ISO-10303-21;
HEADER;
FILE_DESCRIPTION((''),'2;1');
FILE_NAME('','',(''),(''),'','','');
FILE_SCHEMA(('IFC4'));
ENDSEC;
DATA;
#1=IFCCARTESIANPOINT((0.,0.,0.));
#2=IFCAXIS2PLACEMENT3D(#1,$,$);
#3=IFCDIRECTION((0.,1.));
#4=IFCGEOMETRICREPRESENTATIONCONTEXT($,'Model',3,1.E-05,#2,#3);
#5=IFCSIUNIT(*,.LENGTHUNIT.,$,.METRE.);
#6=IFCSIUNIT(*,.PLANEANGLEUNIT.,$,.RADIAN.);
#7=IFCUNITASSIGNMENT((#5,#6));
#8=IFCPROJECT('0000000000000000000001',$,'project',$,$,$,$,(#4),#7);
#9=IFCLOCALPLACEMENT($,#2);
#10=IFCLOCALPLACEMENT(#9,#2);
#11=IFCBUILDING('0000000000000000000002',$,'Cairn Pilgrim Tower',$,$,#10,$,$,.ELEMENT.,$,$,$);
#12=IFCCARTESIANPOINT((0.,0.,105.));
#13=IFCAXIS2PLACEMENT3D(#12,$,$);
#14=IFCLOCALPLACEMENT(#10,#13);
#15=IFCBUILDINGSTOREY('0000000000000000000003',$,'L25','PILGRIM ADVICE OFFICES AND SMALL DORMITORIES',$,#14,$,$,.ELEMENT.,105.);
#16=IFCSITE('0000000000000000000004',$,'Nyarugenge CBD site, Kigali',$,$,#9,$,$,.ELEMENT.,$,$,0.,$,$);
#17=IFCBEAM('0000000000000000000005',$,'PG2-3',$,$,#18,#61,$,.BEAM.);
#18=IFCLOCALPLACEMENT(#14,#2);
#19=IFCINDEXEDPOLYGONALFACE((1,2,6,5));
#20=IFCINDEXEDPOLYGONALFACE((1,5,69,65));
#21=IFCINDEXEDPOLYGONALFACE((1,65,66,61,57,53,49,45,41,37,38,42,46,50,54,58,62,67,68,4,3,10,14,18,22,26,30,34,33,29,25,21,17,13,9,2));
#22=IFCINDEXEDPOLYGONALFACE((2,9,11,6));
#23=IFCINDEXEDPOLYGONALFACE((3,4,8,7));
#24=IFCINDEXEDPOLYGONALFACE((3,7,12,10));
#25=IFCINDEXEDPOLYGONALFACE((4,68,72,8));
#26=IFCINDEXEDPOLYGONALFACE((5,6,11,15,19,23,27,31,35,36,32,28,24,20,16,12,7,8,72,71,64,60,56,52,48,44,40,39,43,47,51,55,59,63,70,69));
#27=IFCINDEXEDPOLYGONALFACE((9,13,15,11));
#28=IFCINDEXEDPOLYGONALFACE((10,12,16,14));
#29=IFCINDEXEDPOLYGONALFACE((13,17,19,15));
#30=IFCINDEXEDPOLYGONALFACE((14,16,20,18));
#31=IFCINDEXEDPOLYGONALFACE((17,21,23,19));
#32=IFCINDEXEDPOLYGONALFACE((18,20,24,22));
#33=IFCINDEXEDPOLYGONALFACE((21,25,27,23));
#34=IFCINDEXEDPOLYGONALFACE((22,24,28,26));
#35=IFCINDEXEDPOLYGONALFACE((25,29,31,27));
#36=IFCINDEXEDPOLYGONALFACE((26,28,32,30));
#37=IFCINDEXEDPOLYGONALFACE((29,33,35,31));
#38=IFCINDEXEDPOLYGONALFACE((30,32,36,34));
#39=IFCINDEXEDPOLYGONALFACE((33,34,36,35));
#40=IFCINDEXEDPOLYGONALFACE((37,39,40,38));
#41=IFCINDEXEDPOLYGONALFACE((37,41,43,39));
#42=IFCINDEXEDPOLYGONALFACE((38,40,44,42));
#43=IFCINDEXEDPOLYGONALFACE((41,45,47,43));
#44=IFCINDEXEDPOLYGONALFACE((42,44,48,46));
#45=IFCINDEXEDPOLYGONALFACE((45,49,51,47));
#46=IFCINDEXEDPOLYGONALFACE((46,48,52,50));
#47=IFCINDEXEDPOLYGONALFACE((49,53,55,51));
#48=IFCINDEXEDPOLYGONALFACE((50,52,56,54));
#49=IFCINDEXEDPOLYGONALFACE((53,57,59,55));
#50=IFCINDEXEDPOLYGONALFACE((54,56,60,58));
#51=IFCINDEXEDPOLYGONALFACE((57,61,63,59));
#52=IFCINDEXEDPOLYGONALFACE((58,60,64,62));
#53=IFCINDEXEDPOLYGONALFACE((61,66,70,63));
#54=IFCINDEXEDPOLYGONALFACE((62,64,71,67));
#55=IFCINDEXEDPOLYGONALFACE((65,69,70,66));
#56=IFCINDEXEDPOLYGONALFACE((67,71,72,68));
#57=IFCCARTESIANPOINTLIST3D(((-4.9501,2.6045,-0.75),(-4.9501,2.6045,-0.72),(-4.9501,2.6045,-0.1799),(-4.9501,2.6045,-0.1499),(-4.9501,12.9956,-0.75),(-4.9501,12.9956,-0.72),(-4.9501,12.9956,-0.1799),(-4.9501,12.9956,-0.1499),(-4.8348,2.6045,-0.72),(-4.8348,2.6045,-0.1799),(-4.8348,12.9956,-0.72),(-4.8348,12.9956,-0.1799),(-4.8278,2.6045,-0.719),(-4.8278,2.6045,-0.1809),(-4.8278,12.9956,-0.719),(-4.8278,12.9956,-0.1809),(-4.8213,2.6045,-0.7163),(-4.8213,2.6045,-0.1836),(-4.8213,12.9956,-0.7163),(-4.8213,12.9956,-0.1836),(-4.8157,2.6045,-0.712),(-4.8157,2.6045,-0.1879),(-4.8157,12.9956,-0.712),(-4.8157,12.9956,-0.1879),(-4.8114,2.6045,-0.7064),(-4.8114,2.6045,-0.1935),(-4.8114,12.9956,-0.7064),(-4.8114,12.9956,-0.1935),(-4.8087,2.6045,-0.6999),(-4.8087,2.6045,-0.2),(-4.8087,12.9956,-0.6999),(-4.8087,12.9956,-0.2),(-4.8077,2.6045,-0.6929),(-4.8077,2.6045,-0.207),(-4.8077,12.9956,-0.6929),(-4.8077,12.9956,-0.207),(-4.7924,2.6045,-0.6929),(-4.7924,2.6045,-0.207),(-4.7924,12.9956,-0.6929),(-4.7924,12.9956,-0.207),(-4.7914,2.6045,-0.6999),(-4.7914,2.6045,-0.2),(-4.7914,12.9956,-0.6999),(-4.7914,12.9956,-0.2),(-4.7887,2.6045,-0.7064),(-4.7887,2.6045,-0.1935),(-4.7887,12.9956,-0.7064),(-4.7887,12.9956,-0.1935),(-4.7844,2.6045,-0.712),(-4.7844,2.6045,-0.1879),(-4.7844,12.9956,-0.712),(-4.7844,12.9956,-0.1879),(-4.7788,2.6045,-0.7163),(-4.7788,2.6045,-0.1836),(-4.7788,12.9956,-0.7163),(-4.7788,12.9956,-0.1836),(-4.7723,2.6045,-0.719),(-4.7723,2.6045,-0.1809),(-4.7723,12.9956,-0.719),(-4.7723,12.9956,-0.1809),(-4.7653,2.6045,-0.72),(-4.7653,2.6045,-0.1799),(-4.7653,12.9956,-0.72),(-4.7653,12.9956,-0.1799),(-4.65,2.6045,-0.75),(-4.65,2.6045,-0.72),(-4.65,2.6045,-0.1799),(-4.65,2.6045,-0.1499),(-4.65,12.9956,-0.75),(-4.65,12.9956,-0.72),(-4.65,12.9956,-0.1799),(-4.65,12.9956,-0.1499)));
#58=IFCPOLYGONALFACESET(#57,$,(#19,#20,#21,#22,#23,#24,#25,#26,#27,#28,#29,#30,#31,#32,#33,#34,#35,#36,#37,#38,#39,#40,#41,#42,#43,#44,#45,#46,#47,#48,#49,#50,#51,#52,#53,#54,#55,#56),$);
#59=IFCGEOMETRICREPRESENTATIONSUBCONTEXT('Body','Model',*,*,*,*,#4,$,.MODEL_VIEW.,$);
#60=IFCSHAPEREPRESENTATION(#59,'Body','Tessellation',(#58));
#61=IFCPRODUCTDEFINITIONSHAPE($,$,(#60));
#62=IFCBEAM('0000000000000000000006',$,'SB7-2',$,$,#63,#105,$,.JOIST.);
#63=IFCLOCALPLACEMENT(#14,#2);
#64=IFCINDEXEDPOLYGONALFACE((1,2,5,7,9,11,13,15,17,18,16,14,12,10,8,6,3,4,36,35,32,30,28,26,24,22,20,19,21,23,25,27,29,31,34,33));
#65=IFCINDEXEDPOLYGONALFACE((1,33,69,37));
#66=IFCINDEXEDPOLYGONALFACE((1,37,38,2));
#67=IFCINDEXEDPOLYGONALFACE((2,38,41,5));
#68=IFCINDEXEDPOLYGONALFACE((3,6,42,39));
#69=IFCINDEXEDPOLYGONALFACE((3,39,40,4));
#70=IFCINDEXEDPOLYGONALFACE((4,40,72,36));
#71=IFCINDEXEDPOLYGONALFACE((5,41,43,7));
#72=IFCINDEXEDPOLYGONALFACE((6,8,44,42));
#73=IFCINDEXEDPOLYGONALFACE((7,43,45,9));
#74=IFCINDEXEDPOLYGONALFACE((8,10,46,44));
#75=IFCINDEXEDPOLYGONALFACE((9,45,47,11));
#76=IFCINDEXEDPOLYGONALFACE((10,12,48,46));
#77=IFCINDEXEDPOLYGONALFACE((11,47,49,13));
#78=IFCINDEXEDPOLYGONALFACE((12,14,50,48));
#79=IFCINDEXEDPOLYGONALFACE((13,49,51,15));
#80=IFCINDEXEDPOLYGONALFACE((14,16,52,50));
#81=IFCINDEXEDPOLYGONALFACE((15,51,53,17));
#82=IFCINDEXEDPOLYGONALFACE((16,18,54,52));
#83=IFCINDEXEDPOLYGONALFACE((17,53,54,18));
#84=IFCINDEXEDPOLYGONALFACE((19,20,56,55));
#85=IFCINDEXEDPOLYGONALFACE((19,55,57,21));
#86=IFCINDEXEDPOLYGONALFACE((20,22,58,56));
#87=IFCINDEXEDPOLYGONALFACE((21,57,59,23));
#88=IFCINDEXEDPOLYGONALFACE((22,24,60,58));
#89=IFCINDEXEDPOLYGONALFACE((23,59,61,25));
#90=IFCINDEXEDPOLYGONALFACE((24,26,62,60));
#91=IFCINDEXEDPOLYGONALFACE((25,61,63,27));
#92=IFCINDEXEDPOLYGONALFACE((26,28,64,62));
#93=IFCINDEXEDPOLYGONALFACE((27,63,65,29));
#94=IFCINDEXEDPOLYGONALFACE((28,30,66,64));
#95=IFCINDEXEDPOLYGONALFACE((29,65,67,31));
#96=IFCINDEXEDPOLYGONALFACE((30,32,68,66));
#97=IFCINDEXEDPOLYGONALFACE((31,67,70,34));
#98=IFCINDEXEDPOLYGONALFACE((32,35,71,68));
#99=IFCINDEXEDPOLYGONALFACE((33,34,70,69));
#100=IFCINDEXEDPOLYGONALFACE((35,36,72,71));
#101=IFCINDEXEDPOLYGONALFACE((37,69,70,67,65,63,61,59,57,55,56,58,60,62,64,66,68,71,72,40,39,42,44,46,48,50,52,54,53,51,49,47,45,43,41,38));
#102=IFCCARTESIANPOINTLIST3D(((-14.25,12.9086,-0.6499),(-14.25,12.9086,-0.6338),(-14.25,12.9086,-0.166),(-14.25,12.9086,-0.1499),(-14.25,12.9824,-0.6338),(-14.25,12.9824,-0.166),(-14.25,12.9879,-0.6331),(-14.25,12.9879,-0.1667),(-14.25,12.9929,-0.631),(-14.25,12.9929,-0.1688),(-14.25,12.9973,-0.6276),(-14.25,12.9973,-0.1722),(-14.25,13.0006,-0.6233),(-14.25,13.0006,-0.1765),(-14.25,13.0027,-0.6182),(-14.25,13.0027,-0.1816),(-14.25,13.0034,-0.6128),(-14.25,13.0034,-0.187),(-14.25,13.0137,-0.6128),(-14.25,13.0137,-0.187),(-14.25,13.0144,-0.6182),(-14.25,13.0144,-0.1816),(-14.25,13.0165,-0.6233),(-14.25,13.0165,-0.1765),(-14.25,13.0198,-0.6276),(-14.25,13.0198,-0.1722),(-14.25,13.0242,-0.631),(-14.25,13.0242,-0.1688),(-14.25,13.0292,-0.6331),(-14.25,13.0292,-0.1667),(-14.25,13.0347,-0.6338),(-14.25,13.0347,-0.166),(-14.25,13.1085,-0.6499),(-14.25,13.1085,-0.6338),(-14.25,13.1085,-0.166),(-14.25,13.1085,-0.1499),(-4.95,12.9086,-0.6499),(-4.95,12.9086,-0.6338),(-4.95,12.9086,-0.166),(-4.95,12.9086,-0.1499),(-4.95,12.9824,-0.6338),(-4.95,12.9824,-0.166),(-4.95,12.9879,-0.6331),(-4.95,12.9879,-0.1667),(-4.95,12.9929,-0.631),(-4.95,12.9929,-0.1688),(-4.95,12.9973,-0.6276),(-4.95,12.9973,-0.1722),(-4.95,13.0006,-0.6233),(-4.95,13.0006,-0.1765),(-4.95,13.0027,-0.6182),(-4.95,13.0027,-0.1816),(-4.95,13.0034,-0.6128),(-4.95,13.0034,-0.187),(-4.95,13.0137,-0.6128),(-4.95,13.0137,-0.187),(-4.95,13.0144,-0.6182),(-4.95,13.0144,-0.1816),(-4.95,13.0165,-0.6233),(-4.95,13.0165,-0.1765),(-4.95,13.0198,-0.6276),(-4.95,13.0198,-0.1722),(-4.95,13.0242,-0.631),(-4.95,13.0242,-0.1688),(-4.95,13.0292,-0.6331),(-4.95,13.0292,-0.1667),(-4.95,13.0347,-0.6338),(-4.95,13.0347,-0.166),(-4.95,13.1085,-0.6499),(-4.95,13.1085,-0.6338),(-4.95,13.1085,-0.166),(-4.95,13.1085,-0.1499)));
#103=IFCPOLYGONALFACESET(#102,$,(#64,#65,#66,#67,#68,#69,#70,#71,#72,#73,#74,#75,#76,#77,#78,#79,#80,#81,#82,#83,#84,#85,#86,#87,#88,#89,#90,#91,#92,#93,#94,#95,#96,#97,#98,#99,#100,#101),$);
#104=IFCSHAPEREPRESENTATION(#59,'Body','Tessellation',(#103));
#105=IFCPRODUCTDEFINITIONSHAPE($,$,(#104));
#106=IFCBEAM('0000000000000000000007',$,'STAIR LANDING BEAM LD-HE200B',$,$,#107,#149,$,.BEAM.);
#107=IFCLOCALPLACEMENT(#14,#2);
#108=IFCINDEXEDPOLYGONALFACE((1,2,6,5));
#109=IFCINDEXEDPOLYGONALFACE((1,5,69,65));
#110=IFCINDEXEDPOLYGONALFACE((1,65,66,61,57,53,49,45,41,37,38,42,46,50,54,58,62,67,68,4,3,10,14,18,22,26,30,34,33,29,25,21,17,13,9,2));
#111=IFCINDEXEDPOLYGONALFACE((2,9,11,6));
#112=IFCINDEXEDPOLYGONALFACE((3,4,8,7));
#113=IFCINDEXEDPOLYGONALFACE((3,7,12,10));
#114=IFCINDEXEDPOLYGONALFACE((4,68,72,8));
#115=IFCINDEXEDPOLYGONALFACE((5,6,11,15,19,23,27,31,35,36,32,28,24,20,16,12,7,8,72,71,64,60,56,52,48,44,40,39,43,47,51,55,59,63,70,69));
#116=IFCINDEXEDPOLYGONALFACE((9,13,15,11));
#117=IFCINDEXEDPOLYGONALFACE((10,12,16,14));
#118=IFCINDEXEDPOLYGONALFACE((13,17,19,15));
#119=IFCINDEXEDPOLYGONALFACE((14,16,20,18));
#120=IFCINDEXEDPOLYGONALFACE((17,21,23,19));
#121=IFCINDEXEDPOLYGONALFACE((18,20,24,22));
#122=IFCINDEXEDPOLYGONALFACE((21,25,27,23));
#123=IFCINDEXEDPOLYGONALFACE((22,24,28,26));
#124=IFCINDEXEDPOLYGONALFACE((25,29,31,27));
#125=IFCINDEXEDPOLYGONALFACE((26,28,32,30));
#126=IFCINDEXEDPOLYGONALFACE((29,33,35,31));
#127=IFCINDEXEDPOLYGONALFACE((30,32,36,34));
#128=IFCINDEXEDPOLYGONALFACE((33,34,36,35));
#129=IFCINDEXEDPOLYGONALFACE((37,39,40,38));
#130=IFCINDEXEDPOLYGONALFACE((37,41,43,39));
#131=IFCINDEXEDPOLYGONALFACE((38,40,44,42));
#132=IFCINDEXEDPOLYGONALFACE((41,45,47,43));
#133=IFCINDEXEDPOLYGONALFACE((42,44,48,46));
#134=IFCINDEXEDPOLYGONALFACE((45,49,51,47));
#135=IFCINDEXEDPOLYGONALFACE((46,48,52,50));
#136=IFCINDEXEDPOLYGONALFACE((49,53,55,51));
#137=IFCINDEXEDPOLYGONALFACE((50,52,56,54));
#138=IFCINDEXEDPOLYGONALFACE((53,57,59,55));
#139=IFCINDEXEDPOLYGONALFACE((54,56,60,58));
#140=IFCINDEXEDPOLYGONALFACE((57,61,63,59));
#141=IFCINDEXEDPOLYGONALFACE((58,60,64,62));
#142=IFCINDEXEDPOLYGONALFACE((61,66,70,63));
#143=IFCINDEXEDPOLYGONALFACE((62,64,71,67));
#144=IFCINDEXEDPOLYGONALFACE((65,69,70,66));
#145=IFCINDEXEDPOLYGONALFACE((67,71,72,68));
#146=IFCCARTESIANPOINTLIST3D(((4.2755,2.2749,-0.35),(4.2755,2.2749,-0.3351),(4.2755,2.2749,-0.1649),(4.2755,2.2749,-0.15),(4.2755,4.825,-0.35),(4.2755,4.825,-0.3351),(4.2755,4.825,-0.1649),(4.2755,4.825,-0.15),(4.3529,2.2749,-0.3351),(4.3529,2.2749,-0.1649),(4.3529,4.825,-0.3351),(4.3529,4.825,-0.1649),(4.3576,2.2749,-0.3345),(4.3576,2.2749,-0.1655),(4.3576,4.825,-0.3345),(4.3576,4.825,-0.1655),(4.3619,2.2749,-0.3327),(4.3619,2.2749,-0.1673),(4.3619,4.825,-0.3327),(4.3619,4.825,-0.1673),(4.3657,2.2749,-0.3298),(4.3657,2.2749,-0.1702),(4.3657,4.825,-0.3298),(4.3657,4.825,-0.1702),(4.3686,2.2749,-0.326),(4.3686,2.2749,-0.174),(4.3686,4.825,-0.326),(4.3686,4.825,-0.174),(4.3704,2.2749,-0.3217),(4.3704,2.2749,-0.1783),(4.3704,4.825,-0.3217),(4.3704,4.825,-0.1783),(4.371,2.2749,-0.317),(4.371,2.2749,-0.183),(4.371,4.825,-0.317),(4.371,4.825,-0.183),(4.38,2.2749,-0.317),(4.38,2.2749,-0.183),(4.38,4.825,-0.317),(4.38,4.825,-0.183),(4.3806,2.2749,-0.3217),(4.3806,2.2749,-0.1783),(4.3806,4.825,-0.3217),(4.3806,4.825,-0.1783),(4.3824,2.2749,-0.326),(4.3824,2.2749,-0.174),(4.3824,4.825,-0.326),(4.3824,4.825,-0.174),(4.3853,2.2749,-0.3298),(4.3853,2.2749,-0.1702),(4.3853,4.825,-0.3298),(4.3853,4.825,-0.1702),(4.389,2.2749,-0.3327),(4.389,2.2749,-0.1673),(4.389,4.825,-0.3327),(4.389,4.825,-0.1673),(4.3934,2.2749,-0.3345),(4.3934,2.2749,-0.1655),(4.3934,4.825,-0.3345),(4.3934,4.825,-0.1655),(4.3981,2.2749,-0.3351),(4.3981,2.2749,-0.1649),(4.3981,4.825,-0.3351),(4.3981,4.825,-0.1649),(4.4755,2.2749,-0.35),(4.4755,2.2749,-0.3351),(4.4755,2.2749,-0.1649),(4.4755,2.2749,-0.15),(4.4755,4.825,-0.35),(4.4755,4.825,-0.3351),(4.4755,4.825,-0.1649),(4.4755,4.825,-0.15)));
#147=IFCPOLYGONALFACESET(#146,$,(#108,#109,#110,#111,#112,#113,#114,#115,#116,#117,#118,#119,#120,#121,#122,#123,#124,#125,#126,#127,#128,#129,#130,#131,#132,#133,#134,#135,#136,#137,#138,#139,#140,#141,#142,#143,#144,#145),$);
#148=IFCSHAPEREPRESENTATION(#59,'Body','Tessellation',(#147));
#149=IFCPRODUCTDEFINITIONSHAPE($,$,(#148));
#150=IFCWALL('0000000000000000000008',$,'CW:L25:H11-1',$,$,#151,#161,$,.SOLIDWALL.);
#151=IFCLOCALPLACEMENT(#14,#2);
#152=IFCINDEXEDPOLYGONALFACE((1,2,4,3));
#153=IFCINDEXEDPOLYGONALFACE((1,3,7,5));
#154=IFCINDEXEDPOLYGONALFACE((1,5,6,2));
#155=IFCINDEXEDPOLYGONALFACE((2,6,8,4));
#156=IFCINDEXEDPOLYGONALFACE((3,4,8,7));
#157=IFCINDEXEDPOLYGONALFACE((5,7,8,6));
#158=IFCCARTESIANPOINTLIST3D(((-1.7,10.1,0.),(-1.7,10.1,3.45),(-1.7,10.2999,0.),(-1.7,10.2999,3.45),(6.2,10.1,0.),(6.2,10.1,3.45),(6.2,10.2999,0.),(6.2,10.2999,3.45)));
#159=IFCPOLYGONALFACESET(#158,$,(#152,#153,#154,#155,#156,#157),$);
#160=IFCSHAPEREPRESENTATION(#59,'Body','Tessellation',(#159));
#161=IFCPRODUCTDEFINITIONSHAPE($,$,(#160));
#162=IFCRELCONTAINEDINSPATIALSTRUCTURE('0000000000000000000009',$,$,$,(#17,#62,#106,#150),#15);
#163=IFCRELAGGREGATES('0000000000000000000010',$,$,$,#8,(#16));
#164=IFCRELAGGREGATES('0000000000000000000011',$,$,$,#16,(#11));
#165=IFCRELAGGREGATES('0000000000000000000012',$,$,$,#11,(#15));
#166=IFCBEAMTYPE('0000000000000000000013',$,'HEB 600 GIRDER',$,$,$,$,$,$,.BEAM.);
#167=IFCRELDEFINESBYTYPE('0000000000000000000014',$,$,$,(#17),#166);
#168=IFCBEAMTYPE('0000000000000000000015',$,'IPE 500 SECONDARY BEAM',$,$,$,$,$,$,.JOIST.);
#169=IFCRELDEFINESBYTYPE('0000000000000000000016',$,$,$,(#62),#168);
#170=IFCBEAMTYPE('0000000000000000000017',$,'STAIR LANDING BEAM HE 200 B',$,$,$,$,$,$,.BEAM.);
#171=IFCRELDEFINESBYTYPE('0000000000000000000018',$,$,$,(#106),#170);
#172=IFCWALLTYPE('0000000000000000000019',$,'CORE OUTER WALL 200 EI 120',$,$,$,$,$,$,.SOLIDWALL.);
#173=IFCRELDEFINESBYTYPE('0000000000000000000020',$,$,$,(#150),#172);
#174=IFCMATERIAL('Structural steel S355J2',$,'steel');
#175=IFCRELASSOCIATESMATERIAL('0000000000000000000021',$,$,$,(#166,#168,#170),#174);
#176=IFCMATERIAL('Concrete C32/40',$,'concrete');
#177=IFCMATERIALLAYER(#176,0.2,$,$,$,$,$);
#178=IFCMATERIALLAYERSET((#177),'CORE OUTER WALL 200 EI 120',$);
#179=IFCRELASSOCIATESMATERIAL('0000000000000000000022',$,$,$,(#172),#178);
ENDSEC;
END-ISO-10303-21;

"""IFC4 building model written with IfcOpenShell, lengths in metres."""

from ifc_helpers import new_model, si_unit, direction, frame, frame_2d, origin, origin_2d, place, context, subcontext, project, spatial, rectangle, i_section, extrude, material, layer, layer_set, material_profile, profile_set, type_object, element, save


model = new_model("IFC4")

# Units and contexts
model_context = context("Model", 3, precision=1e-05, world=origin(), true_north=direction((0.0, 1.0)))
body_context = subcontext(model_context, "Body", "Model", "MODEL_VIEW")
ifc_project = project(units=[si_unit("LENGTHUNIT", "METRE"), si_unit("PLANEANGLEUNIT", "RADIAN")], contexts=[model_context])

# Site, building, storey
site_placement = place(None, origin())
site = spatial("IfcSite", under=ifc_project, at=site_placement, Name="Nyarugenge CBD site, Kigali", CompositionType="ELEMENT", RefElevation=0.0)
building_placement = place(site_placement, origin())
building = spatial("IfcBuilding", under=site, at=building_placement, Name="Cairn Pilgrim Tower", CompositionType="ELEMENT")
storey_placement = place(building_placement, frame((0.0, 0.0, 105.0)))
storey = spatial("IfcBuildingStorey", under=building, at=storey_placement, Name="L25", Description="PILGRIM ADVICE OFFICES AND SMALL DORMITORIES", CompositionType="ELEMENT", Elevation=105.0)

# Beams
ifc_material_1 = material(Name="Structural steel S355J2", Category="steel")
ifc_material_profile_1 = material_profile(ifc_material_1, i_section(OverallWidth=0.3, OverallDepth=0.6001, WebThickness=0.0154, FlangeThickness=0.03, FilletRadius=0.0271, at=origin_2d()), Name="HEB 600")
ifc_profile_set_1 = profile_set([ifc_material_profile_1], Name="Structural steel S355J2")
beam_type_1 = type_object("IfcBeamType", Name="HEB 600 GIRDER", PredefinedType="BEAM", material=ifc_profile_set_1)
beam_1_placement = place(storey_placement, frame((-4.8, 2.6045, -0.45), z_axis=(0.0, 1.0, 0.0), x_axis=(-1.0, 0.0, 0.0)))
element("IfcBeam", 1, at=beam_1_placement, inside=storey, type_object=beam_type_1, Name="PG2-3", PredefinedType="BEAM", context=body_context, shape_type="SweptSolid", body=[
    extrude(i_section(OverallWidth=0.3, OverallDepth=0.6001, WebThickness=0.0154, FlangeThickness=0.03, FilletRadius=0.0271, at=origin_2d()), origin(), (0.0, 0.0, 1.0), 10.3911),
])
ifc_material_profile_2 = material_profile(ifc_material_1, i_section(OverallWidth=0.2, OverallDepth=0.5, WebThickness=0.0103, FlangeThickness=0.0161, FilletRadius=0.021, at=origin_2d()), Name="IPE 500")
ifc_profile_set_2 = profile_set([ifc_material_profile_2], Name="Structural steel S355J2")
beam_type_2 = type_object("IfcBeamType", Name="IPE 500 SECONDARY BEAM", PredefinedType="JOIST", material=ifc_profile_set_2)
beam_2_placement = place(storey_placement, frame((-14.25, 13.0085, -0.3999), z_axis=(1.0, 0.0, 0.0), x_axis=(0.0, 1.0, 0.0)))
element("IfcBeam", 2, at=beam_2_placement, inside=storey, type_object=beam_type_2, Name="SB7-2", PredefinedType="JOIST", context=body_context, shape_type="SweptSolid", body=[
    extrude(i_section(OverallWidth=0.2, OverallDepth=0.5, WebThickness=0.0103, FlangeThickness=0.0161, FilletRadius=0.021, at=origin_2d()), origin(), (0.0, 0.0, 1.0), 9.3),
])
ifc_material_profile_3 = material_profile(ifc_material_1, i_section(OverallWidth=0.2, OverallDepth=0.2, WebThickness=0.009, FlangeThickness=0.0149, FilletRadius=0.0181, at=origin_2d()), Name="HE 200 B")
ifc_profile_set_3 = profile_set([ifc_material_profile_3], Name="Structural steel S355J2")
beam_type_3 = type_object("IfcBeamType", Name="STAIR LANDING BEAM HE 200 B", PredefinedType="BEAM", material=ifc_profile_set_3)
beam_3_placement = place(storey_placement, frame((4.3755, 2.2749, -0.25), z_axis=(0.0, 1.0, 0.0), x_axis=(-1.0, 0.0, 0.0)))
element("IfcBeam", 3, at=beam_3_placement, inside=storey, type_object=beam_type_3, Name="STAIR LANDING BEAM LD-HE200B", PredefinedType="BEAM", context=body_context, shape_type="SweptSolid", body=[
    extrude(i_section(OverallWidth=0.2, OverallDepth=0.2, WebThickness=0.009, FlangeThickness=0.0149, FilletRadius=0.0181, at=origin_2d()), origin(), (0.0, 0.0, 1.0), 2.55),
])

# Wall
ifc_material_2 = material(Name="Concrete C32/40", Category="concrete")
ifc_layer_1 = layer(ifc_material_2, 0.2)
ifc_layer_set_1 = layer_set([ifc_layer_1], Name="CORE OUTER WALL 200 EI 120")
wall_type_1 = type_object("IfcWallType", Name="CORE OUTER WALL 200 EI 120", PredefinedType="SOLIDWALL", material=ifc_layer_set_1)
wall_1_placement = place(storey_placement, frame((-1.7, 10.2, 0.0), z_axis=(0.0, 0.0, 1.0), x_axis=(1.0, 0.0, 0.0)))
element("IfcWall", 4, at=wall_1_placement, inside=storey, type_object=wall_type_1, Name="CW:L25:H11-1", PredefinedType="SOLIDWALL", context=body_context, shape_type="SweptSolid", body=[
    extrude(rectangle(XDim=7.8999, YDim=0.2, at=frame_2d((3.95, 0.0))), origin(), (0.0, 0.0, 1.0), 3.45),
])

save(model, "model.ifc")
